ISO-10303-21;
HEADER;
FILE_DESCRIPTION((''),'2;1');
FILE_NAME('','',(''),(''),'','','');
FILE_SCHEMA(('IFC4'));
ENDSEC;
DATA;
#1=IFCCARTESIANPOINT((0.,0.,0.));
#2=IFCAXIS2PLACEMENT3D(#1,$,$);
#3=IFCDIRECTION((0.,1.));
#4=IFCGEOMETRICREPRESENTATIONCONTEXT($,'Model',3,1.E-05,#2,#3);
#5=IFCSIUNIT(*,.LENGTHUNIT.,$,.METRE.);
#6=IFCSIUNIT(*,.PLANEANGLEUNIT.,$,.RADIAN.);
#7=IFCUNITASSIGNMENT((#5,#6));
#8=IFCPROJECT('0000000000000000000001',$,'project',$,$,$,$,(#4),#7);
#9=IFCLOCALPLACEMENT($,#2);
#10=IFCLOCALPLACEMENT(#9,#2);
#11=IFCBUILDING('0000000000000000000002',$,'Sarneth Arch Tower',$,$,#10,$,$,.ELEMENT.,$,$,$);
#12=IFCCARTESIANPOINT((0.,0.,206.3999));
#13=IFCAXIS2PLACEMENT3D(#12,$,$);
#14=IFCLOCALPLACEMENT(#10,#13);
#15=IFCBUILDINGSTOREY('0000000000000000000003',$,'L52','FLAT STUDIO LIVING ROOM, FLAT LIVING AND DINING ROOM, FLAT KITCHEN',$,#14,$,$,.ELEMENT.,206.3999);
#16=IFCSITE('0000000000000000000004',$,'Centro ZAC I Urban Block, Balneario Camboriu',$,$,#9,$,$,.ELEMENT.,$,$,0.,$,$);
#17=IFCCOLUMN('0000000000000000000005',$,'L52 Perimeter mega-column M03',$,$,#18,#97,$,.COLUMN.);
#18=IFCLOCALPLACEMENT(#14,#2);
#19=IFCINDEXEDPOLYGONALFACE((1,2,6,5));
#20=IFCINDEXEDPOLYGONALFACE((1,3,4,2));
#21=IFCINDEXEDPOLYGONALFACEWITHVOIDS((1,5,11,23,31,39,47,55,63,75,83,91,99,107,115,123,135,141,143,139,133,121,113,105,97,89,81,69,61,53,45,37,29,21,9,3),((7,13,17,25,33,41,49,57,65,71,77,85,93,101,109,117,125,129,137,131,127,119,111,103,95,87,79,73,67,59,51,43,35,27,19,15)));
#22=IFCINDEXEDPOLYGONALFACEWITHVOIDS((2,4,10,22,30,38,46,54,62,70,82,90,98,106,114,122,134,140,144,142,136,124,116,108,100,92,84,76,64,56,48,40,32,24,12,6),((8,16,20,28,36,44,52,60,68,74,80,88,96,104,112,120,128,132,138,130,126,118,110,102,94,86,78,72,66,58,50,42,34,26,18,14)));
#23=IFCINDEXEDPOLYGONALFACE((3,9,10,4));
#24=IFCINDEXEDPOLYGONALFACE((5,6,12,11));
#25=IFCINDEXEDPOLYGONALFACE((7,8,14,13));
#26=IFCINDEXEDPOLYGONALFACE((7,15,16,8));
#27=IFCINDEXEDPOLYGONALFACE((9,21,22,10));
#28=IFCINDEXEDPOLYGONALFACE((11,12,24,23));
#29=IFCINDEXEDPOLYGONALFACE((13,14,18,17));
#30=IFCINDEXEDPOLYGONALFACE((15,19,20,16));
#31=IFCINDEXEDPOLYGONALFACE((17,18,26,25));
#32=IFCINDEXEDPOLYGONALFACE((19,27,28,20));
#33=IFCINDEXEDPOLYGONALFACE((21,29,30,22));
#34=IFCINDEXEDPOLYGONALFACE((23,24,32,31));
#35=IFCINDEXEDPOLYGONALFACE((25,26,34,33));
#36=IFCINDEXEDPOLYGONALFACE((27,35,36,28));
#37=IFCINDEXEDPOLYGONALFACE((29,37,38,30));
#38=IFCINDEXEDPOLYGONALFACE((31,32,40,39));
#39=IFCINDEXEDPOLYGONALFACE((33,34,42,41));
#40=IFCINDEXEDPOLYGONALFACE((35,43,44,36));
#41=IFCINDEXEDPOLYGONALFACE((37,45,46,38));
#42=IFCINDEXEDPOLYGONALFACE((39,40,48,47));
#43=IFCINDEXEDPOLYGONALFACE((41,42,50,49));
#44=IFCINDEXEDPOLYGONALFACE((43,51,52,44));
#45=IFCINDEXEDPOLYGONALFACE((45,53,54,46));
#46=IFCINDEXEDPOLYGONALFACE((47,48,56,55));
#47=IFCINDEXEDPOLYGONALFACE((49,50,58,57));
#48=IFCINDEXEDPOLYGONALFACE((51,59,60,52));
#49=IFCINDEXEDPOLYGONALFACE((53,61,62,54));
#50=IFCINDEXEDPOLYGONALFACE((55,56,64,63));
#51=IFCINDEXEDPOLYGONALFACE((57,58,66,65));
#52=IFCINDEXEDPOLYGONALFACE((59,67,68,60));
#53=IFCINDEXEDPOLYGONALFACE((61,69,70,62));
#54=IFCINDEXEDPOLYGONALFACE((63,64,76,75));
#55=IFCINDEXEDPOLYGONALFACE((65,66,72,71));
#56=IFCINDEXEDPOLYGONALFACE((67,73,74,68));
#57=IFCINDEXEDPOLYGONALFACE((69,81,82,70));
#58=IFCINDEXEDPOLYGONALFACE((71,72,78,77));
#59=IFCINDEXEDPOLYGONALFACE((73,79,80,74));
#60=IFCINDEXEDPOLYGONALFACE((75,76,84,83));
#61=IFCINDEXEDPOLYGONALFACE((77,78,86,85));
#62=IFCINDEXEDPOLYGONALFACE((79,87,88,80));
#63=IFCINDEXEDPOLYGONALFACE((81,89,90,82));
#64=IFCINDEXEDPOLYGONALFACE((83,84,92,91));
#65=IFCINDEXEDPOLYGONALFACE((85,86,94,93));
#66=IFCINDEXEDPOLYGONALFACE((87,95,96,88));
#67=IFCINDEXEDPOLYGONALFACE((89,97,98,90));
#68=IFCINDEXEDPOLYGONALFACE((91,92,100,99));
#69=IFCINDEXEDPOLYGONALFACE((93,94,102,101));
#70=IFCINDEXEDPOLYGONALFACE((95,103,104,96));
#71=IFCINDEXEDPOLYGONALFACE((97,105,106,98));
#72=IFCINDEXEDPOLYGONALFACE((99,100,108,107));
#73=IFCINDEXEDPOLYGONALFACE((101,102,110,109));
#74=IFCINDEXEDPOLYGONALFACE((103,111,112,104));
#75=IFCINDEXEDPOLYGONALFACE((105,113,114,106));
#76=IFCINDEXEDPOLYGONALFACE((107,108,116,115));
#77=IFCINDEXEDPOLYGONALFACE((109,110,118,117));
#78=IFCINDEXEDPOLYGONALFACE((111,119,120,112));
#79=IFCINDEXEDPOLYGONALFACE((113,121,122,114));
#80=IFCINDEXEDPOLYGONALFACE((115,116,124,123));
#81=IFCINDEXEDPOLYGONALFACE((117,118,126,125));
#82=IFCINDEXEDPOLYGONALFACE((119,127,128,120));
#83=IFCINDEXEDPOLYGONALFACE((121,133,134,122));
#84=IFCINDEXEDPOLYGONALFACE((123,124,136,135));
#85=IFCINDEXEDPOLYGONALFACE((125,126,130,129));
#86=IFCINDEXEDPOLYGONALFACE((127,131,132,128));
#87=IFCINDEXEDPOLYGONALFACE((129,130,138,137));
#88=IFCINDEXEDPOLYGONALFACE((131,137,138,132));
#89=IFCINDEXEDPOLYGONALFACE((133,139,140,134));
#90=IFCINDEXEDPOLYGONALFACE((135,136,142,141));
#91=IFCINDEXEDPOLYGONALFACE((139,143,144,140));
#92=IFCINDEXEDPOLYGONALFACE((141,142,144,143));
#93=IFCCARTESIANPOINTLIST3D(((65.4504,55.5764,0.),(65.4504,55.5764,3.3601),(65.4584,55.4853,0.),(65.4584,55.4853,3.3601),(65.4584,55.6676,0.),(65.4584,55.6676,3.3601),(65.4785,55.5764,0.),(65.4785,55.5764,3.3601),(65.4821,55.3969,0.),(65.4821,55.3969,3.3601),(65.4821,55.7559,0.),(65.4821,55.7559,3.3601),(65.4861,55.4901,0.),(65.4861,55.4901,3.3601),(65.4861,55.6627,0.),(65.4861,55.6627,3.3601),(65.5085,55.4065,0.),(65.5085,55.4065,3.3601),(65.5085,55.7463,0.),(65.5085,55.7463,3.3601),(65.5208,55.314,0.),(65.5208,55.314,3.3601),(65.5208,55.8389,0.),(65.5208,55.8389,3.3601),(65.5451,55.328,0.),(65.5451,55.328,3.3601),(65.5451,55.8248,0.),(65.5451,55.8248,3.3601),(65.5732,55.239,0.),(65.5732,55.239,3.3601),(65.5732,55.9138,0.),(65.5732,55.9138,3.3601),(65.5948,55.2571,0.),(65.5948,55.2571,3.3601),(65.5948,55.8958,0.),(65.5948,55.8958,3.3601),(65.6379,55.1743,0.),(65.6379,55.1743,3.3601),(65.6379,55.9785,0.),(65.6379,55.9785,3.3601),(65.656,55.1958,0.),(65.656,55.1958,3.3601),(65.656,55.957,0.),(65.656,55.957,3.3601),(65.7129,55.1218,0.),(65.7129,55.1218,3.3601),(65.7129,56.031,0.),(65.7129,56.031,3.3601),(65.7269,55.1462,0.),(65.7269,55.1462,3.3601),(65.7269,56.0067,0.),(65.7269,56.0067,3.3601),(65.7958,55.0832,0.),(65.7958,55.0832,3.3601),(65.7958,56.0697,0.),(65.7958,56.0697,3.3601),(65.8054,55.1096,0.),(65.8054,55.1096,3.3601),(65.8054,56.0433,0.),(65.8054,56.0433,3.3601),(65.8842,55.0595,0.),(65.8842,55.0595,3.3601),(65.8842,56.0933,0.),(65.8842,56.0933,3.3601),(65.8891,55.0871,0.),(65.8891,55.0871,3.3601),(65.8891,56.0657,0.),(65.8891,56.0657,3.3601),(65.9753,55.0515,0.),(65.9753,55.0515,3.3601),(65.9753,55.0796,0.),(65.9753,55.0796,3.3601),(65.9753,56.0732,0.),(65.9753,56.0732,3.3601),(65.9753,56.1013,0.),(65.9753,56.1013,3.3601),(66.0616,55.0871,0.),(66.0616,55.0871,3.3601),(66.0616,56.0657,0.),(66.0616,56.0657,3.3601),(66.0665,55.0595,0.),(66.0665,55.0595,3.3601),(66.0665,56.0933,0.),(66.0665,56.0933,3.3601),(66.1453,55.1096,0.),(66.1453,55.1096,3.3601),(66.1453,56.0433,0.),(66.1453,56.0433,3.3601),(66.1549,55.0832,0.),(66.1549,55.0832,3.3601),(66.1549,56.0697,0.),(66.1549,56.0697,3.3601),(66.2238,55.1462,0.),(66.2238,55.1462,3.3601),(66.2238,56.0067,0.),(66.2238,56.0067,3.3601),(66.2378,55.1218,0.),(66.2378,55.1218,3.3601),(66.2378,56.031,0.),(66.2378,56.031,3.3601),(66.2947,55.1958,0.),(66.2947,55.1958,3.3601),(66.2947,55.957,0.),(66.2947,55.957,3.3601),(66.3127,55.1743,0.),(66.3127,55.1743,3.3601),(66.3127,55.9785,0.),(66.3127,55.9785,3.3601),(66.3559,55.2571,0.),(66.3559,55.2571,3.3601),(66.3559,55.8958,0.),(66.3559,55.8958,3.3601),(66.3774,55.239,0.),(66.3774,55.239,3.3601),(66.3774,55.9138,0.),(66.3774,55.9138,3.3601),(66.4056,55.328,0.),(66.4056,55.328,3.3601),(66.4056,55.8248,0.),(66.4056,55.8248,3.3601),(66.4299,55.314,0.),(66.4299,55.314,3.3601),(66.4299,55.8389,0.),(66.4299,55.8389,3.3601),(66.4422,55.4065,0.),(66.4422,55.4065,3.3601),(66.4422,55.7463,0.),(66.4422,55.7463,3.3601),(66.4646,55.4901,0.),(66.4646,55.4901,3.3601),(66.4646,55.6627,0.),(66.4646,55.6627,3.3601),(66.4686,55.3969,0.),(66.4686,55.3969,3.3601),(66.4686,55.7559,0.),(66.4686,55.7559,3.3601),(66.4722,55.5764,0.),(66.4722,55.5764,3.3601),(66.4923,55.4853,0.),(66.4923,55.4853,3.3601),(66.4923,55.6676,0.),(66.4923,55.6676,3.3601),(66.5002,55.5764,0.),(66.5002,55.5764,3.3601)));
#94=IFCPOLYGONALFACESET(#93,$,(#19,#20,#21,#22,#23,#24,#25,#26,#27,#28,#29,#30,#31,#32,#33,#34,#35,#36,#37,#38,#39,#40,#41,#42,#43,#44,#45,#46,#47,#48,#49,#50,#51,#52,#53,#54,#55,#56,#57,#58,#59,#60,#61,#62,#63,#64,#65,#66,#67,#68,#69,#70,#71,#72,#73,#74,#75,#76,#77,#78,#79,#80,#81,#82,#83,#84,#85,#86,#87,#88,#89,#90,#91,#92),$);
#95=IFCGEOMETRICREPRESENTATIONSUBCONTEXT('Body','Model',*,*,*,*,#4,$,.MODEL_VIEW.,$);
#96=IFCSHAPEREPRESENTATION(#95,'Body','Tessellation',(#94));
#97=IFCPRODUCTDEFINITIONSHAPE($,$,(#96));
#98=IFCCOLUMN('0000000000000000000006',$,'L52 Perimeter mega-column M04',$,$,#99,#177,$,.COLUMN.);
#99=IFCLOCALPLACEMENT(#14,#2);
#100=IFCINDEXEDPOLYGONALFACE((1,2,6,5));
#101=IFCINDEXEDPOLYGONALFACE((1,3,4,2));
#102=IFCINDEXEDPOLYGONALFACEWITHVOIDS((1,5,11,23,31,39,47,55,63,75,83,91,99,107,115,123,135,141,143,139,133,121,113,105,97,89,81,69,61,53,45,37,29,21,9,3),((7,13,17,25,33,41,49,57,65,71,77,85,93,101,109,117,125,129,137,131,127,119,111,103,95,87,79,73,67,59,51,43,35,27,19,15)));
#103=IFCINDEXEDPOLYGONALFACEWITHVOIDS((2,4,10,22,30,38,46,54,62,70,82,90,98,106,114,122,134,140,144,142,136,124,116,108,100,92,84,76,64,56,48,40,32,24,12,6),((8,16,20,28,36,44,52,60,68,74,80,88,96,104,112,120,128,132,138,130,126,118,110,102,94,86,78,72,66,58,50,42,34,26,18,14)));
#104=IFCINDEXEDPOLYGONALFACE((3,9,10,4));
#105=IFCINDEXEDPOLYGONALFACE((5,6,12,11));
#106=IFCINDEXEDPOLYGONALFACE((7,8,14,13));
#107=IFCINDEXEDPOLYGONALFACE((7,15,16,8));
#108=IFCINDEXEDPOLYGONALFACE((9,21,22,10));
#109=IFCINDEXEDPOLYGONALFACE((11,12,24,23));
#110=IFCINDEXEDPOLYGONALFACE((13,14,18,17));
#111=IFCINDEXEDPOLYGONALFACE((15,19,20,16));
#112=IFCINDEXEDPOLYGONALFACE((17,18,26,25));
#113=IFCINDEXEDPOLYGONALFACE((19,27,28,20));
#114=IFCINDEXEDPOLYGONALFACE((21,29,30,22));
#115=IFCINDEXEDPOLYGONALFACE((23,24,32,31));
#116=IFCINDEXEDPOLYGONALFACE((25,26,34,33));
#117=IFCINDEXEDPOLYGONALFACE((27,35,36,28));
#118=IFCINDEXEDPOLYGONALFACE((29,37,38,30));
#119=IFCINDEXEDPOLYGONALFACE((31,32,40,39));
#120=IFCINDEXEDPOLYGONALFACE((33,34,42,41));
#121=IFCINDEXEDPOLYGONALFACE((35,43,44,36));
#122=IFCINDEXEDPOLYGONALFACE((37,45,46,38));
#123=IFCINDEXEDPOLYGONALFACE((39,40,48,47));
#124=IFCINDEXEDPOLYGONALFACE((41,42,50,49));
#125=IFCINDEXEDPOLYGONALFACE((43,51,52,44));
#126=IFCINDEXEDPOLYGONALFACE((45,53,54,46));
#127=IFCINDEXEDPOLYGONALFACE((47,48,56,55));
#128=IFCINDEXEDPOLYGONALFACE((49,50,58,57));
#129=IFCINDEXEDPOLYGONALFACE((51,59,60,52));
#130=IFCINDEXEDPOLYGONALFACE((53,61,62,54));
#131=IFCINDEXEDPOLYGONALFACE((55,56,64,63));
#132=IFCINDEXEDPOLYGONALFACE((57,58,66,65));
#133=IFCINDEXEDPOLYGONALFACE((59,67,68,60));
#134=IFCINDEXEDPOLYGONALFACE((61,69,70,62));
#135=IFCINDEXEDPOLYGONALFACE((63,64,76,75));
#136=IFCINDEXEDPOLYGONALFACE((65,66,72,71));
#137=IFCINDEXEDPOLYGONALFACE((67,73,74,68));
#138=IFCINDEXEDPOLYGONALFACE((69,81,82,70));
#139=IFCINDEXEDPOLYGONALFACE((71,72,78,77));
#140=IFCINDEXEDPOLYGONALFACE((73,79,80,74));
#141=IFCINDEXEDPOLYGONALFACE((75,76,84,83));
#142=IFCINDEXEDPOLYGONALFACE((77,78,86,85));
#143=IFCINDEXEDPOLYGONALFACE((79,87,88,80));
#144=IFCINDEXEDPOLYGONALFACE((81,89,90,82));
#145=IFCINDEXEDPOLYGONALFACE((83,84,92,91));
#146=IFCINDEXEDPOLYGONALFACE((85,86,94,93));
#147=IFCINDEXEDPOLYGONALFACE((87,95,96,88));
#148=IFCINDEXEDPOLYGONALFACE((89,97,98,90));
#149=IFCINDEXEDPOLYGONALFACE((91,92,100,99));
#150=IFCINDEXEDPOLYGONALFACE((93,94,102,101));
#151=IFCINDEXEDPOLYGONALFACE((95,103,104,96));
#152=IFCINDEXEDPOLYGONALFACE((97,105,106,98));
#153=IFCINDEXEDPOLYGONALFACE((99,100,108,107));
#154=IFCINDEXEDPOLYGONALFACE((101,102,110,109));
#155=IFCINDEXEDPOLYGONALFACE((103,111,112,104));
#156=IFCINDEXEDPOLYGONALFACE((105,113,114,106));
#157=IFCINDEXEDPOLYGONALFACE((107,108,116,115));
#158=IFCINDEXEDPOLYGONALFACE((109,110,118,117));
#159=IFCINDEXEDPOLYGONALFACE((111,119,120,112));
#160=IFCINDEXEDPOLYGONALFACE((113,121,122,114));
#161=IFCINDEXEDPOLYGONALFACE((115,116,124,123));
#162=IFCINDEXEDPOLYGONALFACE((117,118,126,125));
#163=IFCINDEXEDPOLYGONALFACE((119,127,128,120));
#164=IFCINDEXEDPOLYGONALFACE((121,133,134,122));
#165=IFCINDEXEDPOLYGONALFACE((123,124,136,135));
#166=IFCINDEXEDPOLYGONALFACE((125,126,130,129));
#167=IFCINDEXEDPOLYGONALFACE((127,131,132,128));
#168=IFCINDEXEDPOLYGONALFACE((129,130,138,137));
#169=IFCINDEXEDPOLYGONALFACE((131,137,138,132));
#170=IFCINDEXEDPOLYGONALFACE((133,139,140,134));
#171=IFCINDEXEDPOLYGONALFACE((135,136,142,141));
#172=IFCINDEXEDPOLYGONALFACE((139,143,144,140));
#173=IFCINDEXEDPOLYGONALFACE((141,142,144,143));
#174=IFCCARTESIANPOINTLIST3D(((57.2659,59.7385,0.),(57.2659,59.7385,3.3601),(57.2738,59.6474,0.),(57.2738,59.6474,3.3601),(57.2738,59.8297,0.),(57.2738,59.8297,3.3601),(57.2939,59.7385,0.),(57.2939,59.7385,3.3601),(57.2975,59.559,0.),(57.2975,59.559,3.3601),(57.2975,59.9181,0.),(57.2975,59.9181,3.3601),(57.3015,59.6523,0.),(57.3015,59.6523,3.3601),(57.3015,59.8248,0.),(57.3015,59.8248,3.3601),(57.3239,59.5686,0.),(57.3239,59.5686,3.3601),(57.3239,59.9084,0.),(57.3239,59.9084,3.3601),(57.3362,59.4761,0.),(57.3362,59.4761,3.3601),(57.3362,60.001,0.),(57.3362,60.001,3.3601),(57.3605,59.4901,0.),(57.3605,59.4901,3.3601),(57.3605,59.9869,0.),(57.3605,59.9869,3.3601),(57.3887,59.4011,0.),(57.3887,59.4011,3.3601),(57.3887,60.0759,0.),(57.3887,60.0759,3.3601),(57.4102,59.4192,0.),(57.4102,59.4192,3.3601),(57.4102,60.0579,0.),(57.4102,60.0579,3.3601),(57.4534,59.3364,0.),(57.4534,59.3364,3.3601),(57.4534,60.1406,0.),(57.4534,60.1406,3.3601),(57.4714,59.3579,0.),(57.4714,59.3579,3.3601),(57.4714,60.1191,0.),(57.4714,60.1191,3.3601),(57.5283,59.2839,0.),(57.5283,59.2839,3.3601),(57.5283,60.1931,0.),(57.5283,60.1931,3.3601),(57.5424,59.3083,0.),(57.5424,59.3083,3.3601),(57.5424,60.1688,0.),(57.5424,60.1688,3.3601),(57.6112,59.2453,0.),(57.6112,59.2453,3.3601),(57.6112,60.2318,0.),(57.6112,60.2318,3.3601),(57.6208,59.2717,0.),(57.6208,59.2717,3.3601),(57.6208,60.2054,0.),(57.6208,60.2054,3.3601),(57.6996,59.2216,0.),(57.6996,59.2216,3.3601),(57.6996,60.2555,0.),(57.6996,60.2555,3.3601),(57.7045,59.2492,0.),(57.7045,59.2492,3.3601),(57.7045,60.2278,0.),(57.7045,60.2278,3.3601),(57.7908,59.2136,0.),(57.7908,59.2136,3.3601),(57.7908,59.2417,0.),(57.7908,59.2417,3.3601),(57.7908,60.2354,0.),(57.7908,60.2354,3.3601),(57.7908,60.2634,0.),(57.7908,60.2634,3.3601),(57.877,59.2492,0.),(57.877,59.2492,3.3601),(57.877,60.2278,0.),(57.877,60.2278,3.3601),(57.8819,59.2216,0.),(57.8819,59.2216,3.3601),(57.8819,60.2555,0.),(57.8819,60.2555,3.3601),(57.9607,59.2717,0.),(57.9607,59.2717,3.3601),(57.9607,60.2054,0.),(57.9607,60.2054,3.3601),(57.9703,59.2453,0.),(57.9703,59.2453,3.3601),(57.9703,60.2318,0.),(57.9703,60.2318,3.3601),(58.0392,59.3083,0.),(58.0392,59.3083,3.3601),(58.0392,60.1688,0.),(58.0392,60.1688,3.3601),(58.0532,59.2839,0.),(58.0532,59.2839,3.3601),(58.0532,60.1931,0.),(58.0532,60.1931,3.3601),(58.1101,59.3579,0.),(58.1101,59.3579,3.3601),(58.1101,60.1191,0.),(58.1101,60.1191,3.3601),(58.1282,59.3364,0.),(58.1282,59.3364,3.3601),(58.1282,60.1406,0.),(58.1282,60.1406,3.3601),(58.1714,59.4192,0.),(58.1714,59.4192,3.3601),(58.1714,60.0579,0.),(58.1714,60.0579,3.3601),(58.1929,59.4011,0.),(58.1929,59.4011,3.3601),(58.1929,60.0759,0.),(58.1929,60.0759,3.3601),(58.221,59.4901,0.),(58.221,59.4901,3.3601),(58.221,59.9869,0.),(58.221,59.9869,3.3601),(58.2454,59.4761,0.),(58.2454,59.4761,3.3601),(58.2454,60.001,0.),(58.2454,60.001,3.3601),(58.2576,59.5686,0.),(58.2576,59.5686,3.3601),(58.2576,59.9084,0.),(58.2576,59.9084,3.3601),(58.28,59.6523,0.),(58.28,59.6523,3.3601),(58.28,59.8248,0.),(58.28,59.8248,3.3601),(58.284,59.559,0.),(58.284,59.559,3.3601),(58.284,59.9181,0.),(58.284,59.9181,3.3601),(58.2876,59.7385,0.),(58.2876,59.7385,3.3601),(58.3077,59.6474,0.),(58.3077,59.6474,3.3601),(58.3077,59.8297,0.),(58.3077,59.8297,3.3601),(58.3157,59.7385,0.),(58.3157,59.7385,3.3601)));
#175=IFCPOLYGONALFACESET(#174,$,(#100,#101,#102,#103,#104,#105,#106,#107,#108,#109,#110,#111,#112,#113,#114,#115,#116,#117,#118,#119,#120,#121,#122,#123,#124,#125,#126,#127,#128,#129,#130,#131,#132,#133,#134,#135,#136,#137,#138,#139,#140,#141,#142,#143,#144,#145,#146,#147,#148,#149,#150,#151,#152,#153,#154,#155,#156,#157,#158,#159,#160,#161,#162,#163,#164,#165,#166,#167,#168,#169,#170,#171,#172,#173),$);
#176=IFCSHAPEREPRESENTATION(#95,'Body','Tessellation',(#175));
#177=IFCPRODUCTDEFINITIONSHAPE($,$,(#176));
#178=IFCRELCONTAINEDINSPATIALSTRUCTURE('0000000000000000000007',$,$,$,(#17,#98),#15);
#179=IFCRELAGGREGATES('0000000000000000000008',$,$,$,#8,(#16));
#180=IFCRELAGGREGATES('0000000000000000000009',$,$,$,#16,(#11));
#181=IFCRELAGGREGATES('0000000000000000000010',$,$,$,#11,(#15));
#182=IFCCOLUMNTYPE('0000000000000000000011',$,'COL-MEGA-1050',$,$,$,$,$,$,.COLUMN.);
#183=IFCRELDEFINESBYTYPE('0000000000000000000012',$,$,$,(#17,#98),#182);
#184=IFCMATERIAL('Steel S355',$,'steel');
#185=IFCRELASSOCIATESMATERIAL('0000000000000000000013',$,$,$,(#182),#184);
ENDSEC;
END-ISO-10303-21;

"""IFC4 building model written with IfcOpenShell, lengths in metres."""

from ifc_helpers import new_model, si_unit, direction, frame, origin, origin_2d, place, context, subcontext, project, spatial, hollow_circle, extrude, material, material_profile, profile_set, type_object, element, save


model = new_model("IFC4")

# Units and contexts
model_context = context("Model", 3, precision=1e-05, world=origin(), true_north=direction((0.0, 1.0)))
body_context = subcontext(model_context, "Body", "Model", "MODEL_VIEW")
ifc_project = project(units=[si_unit("LENGTHUNIT", "METRE"), si_unit("PLANEANGLEUNIT", "RADIAN")], contexts=[model_context])

# Site, building, storey
site_placement = place(None, origin())
site = spatial("IfcSite", under=ifc_project, at=site_placement, Name="Centro ZAC I Urban Block, Balneario Camboriu", CompositionType="ELEMENT", RefElevation=0.0)
building_placement = place(site_placement, origin())
building = spatial("IfcBuilding", under=site, at=building_placement, Name="Sarneth Arch Tower", CompositionType="ELEMENT")
storey_placement = place(building_placement, frame((0.0, 0.0, 206.3999)))
storey = spatial("IfcBuildingStorey", under=building, at=storey_placement, Name="L52", Description="FLAT STUDIO LIVING ROOM, FLAT LIVING AND DINING ROOM, FLAT KITCHEN", CompositionType="ELEMENT", Elevation=206.3999)

# Columns
ifc_material_1 = material(Name="Steel S355", Category="steel")
ifc_material_profile_1 = material_profile(ifc_material_1, hollow_circle(Radius=0.5249, WallThickness=0.0281, at=origin_2d()), Name="CHS1050x28")
ifc_profile_set_1 = profile_set([ifc_material_profile_1], Name="Steel S355")
column_type = type_object("IfcColumnType", Name="COL-MEGA-1050", PredefinedType="COLUMN", material=ifc_profile_set_1)
for number, where, z_axis, x_axis, name in (
    (1, (65.9753, 55.5764, 0.0), (0.0, 0.0, 1.0), (1.0, 0.0, 0.0), "L52 Perimeter mega-column M03"),
    (2, (57.7908, 59.7385, 0.0), (0.0, 0.0, 1.0), (1.0, 0.0, 0.0), "L52 Perimeter mega-column M04"),
):
    element("IfcColumn", number, at=place(storey_placement, frame(where, z_axis=z_axis, x_axis=x_axis)), inside=storey, type_object=column_type, Name=name, PredefinedType="COLUMN", context=body_context, shape_type="SweptSolid", body=[
        extrude(hollow_circle(Radius=0.5249, WallThickness=0.0281, at=origin_2d()), origin(), (0.0, 0.0, 1.0), 3.3601),
    ])

save(model, "model.ifc")
